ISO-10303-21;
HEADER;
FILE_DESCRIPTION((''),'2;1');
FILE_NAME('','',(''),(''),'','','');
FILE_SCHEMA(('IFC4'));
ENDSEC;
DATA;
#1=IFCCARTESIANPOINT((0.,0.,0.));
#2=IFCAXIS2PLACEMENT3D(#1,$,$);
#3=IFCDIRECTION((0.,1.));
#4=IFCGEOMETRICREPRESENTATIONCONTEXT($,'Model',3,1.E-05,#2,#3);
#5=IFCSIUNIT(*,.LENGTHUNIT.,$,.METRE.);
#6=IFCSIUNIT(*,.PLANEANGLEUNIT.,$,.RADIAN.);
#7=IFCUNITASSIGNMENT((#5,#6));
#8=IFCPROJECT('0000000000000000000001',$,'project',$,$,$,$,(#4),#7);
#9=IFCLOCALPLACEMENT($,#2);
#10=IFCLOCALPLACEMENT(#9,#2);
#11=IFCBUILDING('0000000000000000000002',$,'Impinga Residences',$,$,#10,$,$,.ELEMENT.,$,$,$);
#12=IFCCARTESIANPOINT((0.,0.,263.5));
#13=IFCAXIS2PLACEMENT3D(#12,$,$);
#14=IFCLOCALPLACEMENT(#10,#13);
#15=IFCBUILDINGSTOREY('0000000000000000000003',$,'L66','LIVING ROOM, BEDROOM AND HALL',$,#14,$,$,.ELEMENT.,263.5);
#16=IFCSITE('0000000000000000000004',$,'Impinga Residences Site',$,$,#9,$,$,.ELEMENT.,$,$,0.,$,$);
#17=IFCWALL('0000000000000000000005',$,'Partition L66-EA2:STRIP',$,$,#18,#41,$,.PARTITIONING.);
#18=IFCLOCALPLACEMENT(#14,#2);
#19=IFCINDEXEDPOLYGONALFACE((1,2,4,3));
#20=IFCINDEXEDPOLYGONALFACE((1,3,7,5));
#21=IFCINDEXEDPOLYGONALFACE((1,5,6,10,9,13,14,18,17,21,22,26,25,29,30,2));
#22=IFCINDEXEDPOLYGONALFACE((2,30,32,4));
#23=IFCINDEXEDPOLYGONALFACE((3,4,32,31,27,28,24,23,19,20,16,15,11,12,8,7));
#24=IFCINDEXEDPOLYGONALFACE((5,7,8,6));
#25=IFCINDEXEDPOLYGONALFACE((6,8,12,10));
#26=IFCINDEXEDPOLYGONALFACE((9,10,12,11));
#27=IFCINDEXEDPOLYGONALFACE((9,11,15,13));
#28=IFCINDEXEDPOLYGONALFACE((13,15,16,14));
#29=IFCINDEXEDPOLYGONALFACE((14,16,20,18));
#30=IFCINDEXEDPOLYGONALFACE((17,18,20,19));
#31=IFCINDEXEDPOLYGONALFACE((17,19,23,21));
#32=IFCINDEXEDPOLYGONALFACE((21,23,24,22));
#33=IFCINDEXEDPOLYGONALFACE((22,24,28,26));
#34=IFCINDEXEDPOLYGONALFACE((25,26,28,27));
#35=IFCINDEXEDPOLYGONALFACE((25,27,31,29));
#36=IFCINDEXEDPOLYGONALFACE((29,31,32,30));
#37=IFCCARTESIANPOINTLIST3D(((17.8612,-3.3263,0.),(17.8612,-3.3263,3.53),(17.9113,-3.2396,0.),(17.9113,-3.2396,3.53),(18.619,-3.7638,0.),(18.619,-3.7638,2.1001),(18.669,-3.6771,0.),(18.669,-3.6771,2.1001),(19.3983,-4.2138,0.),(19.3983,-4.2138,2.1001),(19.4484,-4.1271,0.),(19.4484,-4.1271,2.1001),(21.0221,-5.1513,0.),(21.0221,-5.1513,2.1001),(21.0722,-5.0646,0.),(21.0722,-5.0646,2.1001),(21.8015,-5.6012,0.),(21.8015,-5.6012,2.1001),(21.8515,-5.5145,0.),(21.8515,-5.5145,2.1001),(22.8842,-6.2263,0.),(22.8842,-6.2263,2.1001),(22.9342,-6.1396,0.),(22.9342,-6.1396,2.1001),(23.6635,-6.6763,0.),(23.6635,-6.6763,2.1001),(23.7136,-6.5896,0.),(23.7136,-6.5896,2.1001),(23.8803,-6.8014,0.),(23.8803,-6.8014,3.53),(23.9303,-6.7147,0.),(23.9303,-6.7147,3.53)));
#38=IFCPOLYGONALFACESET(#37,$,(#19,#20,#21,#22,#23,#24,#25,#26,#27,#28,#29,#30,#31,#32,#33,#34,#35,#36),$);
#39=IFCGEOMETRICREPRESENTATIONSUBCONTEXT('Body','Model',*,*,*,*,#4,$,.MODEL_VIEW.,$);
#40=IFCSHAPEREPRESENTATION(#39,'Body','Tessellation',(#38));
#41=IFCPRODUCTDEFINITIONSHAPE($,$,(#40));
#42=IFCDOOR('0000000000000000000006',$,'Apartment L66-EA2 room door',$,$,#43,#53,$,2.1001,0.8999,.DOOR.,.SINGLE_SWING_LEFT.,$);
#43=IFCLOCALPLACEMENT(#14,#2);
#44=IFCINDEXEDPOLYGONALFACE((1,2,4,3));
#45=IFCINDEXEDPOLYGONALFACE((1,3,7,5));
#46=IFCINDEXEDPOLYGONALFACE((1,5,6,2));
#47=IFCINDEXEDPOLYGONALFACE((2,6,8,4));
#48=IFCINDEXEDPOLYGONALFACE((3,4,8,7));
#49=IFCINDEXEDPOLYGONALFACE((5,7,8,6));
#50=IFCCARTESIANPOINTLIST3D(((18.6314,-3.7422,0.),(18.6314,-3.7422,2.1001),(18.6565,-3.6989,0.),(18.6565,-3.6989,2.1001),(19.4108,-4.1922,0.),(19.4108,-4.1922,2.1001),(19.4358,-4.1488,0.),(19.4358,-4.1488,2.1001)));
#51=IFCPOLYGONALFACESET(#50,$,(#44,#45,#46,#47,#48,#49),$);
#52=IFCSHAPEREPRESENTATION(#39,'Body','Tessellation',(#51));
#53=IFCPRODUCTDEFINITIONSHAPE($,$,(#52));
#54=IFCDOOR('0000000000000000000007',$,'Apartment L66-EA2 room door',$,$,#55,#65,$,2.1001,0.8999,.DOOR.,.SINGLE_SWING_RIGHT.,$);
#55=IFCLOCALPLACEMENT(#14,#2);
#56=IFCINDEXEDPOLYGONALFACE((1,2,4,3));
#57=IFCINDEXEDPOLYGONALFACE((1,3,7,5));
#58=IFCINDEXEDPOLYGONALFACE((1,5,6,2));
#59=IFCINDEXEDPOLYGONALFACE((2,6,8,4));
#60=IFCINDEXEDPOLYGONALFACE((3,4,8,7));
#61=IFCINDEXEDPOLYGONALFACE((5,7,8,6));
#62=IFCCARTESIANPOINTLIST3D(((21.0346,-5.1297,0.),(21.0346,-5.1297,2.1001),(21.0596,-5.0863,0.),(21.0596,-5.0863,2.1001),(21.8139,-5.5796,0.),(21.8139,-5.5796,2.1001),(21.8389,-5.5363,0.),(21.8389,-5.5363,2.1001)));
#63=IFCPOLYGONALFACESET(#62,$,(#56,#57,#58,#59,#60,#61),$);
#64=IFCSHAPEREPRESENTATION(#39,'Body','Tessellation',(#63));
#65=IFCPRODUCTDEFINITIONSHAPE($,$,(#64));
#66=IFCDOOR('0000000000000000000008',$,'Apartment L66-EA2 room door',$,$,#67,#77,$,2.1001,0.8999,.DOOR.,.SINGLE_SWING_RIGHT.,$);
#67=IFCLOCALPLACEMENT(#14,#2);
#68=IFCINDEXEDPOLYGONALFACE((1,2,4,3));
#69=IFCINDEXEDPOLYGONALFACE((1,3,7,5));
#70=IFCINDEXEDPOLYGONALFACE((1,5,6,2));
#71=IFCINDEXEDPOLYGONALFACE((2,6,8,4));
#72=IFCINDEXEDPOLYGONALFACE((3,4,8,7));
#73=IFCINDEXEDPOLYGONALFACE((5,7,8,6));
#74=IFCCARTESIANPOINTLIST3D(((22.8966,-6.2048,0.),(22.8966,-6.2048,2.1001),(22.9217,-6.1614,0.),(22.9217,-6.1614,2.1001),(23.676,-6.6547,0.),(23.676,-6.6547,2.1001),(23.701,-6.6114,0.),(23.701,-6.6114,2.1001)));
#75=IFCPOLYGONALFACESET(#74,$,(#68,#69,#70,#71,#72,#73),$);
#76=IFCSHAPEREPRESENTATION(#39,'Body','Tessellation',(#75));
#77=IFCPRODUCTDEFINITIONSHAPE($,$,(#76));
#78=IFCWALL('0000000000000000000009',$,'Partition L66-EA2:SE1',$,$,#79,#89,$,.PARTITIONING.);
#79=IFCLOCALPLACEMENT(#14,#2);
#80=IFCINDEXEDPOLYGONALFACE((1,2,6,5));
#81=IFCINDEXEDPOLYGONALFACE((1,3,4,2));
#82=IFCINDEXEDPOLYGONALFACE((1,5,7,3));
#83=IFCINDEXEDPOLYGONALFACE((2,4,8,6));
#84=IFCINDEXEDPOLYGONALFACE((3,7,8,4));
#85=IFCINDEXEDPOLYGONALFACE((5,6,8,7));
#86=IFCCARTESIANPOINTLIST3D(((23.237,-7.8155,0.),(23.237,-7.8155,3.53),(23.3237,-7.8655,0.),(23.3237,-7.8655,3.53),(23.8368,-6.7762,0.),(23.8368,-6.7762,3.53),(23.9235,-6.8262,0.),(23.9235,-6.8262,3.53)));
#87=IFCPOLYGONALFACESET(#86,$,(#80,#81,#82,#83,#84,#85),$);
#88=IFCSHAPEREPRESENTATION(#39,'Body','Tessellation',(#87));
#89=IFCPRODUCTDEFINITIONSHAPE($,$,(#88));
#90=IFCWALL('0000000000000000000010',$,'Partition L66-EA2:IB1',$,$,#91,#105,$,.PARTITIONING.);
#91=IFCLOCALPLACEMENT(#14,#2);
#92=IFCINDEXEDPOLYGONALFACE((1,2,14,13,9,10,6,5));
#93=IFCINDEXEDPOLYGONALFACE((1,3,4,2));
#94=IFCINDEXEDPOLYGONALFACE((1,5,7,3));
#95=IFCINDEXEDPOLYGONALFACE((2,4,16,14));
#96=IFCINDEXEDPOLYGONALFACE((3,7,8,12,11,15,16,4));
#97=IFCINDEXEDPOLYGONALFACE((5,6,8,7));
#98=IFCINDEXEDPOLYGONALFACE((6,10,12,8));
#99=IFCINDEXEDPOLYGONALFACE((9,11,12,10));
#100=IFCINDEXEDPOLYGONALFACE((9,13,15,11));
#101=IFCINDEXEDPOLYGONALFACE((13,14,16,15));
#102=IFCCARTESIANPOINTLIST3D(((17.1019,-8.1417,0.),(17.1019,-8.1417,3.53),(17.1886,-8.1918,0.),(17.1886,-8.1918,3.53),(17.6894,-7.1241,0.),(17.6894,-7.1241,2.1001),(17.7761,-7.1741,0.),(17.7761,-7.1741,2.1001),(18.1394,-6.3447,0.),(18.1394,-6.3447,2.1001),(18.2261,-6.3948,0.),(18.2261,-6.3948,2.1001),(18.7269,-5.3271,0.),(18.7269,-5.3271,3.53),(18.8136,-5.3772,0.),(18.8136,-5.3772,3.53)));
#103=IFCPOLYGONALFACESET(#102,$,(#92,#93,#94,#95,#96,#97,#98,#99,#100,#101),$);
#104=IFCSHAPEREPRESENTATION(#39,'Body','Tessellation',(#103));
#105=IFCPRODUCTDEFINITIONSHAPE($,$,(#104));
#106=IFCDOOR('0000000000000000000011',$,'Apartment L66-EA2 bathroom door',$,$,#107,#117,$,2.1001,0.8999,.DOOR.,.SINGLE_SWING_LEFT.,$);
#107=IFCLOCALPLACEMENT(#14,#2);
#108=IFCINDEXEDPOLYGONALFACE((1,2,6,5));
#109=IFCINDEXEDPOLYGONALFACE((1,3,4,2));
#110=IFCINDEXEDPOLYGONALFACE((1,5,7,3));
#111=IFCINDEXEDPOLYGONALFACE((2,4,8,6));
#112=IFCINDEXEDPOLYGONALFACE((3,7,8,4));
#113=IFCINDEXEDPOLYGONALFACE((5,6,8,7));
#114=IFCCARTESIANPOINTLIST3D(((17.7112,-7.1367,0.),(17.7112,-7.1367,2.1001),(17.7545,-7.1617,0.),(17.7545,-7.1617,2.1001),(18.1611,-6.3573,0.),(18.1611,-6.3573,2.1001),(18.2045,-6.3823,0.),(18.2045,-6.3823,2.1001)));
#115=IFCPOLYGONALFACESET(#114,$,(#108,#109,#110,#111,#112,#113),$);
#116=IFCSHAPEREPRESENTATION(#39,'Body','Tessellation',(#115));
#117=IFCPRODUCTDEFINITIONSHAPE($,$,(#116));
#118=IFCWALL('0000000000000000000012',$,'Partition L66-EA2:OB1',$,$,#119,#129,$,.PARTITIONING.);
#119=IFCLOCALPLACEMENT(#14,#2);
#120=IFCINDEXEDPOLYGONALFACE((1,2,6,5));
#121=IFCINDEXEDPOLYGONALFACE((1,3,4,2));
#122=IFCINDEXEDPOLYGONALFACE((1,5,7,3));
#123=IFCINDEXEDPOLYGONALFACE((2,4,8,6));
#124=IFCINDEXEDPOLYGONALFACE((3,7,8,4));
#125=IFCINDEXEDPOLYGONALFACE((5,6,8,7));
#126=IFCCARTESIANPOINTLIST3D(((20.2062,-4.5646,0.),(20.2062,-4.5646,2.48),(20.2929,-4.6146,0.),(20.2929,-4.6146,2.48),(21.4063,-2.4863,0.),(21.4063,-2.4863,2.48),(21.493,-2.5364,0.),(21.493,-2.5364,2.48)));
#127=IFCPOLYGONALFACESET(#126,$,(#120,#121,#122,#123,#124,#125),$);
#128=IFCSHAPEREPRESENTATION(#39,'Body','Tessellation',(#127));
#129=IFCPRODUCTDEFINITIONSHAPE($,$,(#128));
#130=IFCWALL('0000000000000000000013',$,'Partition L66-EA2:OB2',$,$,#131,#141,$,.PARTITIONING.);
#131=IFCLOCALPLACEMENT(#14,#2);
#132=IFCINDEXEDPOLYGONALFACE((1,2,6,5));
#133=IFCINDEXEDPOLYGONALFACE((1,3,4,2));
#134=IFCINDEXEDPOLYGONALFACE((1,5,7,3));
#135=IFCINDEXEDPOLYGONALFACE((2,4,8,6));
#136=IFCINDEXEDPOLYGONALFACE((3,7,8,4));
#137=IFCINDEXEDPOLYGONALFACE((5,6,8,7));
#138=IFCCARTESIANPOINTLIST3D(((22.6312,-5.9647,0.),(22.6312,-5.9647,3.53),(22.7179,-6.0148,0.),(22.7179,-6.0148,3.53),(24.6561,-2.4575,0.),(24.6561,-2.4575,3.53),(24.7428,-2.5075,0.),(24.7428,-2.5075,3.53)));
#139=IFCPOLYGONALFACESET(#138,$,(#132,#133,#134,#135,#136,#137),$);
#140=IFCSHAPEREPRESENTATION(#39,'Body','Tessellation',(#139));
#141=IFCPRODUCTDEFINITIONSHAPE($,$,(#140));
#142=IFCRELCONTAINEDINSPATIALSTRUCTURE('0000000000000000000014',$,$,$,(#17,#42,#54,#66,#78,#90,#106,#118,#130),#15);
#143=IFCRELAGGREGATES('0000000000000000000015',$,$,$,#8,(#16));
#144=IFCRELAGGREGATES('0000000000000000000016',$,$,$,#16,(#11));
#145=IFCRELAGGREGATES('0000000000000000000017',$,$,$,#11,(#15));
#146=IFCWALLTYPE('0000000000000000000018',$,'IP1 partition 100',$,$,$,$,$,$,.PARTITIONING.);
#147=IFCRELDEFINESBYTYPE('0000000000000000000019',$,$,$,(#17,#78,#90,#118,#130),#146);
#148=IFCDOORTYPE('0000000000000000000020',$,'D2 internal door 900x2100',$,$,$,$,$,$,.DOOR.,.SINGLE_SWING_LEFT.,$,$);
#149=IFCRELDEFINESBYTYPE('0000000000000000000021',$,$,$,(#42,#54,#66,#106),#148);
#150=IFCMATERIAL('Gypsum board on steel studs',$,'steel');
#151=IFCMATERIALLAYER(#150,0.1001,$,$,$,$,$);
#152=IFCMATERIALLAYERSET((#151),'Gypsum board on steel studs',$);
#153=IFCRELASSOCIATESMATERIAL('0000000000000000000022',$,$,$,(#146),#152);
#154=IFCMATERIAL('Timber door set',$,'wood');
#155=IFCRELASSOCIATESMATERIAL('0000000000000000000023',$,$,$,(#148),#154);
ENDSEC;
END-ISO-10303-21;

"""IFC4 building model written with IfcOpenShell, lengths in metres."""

from ifc_helpers import new_model, si_unit, direction, frame, frame_2d, origin, place, context, subcontext, project, spatial, rectangle, extrude, material, layer, layer_set, type_object, element, fill, save


model = new_model("IFC4")

# Units and contexts
model_context = context("Model", 3, precision=1e-05, world=origin(), true_north=direction((0.0, 1.0)))
body_context = subcontext(model_context, "Body", "Model", "MODEL_VIEW")
ifc_project = project(units=[si_unit("LENGTHUNIT", "METRE"), si_unit("PLANEANGLEUNIT", "RADIAN")], contexts=[model_context])

# Site, building, storey
site_placement = place(None, origin())
site = spatial("IfcSite", under=ifc_project, at=site_placement, Name="Impinga Residences Site", CompositionType="ELEMENT", RefElevation=0.0)
building_placement = place(site_placement, origin())
building = spatial("IfcBuilding", under=site, at=building_placement, Name="Impinga Residences", CompositionType="ELEMENT")
storey_placement = place(building_placement, frame((0.0, 0.0, 263.5)))
storey = spatial("IfcBuildingStorey", under=building, at=storey_placement, Name="L66", Description="LIVING ROOM, BEDROOM AND HALL", CompositionType="ELEMENT", Elevation=263.5)

# Shared definitions
ifc_material_1 = material(Name="Timber door set", Category="wood")

# Shared definitions
ifc_material_2 = material(Name="Gypsum board on steel studs", Category="steel")
ifc_layer_1 = layer(ifc_material_2, 0.1001)
ifc_layer_set_1 = layer_set([ifc_layer_1], Name="Gypsum board on steel studs")
wall_type_1 = type_object("IfcWallType", Name="IP1 partition 100", PredefinedType="PARTITIONING", material=ifc_layer_set_1)

# Wall, openings, doors
wall_1_placement = place(storey_placement, frame((17.8862, -3.283, 0.0), z_axis=(0.0, 0.0, 1.0), x_axis=(0.866025, -0.5, 0.0)))
wall_1 = element("IfcWall", 1, at=wall_1_placement, inside=storey, type_object=wall_type_1, Name="Partition L66-EA2:STRIP", PredefinedType="PARTITIONING", context=body_context, shape_type="SweptSolid", body=[
    extrude(rectangle(XDim=6.9502, YDim=0.1001, at=frame_2d((3.4751, 0.0))), origin(), (0.0, 0.0, 1.0), 3.53),
])
opening_1_placement = place(wall_1_placement, frame((0.875, 0.0, 0.0)))
opening_1 = element("IfcOpeningElement", 2, at=opening_1_placement, cuts=wall_1, PredefinedType="OPENING", context=body_context, shape_type="SweptSolid", body=[
    extrude(rectangle(XDim=0.8999, YDim=2.1001, at=frame_2d((0.45, 1.05))), frame((0.0, 0.0601, 0.0), z_axis=(0.0, -1.0, 0.0), x_axis=(1.0, 0.0, 0.0)), (0.0, 0.0, 1.0), 0.1201),
])
opening_2_placement = place(wall_1_placement, frame((3.6499, 0.0, 0.0)))
opening_2 = element("IfcOpeningElement", 3, at=opening_2_placement, cuts=wall_1, PredefinedType="OPENING", context=body_context, shape_type="SweptSolid", body=[
    extrude(rectangle(XDim=0.8999, YDim=2.1001, at=frame_2d((0.45, 1.05))), frame((0.0, 0.0601, 0.0), z_axis=(0.0, -1.0, 0.0), x_axis=(1.0, 0.0, 0.0)), (0.0, 0.0, 1.0), 0.1201),
])
opening_3_placement = place(wall_1_placement, frame((5.8, 0.0, 0.0)))
opening_3 = element("IfcOpeningElement", 4, at=opening_3_placement, cuts=wall_1, PredefinedType="OPENING", context=body_context, shape_type="SweptSolid", body=[
    extrude(rectangle(XDim=0.8999, YDim=2.1001, at=frame_2d((0.45, 1.05))), frame((0.0, 0.0601, 0.0), z_axis=(0.0, -1.0, 0.0), x_axis=(1.0, 0.0, 0.0)), (0.0, 0.0, 1.0), 0.1201),
])
door_type_1 = type_object("IfcDoorType", Name="D2 internal door 900x2100", OperationType="SINGLE_SWING_LEFT", PredefinedType="DOOR", material=ifc_material_1)
door_1_placement = place(opening_1_placement, origin())
door_1 = element("IfcDoor", 5, at=door_1_placement, inside=storey, type_object=door_type_1, Name="Apartment L66-EA2 room door", OperationType="SINGLE_SWING_LEFT", OverallHeight=2.1001, OverallWidth=0.8999, PredefinedType="DOOR", context=body_context, shape_type="SweptSolid", body=[
    extrude(rectangle(XDim=0.8999, YDim=2.1001, at=frame_2d((0.45, 1.05))), frame((0.0, 0.0249, 0.0), z_axis=(0.0, -1.0, 0.0), x_axis=(1.0, 0.0, 0.0)), (0.0, 0.0, 1.0), 0.05),
])
fill(opening_1, door_1)
door_2_placement = place(opening_2_placement, origin())
door_2 = element("IfcDoor", 6, at=door_2_placement, inside=storey, type_object=door_type_1, Name="Apartment L66-EA2 room door", OperationType="SINGLE_SWING_RIGHT", OverallHeight=2.1001, OverallWidth=0.8999, PredefinedType="DOOR", context=body_context, shape_type="SweptSolid", body=[
    extrude(rectangle(XDim=0.8999, YDim=2.1001, at=frame_2d((0.45, 1.05))), frame((0.0, 0.0249, 0.0), z_axis=(0.0, -1.0, 0.0), x_axis=(1.0, 0.0, 0.0)), (0.0, 0.0, 1.0), 0.05),
])
fill(opening_2, door_2)
door_3_placement = place(opening_3_placement, origin())
door_3 = element("IfcDoor", 7, at=door_3_placement, inside=storey, type_object=door_type_1, Name="Apartment L66-EA2 room door", OperationType="SINGLE_SWING_RIGHT", OverallHeight=2.1001, OverallWidth=0.8999, PredefinedType="DOOR", context=body_context, shape_type="SweptSolid", body=[
    extrude(rectangle(XDim=0.8999, YDim=2.1001, at=frame_2d((0.45, 1.05))), frame((0.0, 0.0249, 0.0), z_axis=(0.0, -1.0, 0.0), x_axis=(1.0, 0.0, 0.0)), (0.0, 0.0, 1.0), 0.05),
])
fill(opening_3, door_3)

# Wall
wall_2_placement = place(storey_placement, frame((23.2803, -7.8406, 0.0), z_axis=(0.0, 0.0, 1.0), x_axis=(0.499881, 0.866094, 0.0)))
element("IfcWall", 8, at=wall_2_placement, inside=storey, type_object=wall_type_1, Name="Partition L66-EA2:SE1", PredefinedType="PARTITIONING", context=body_context, shape_type="SweptSolid", body=[
    extrude(rectangle(XDim=1.2, YDim=0.1001, at=frame_2d((0.6001, 0.0))), origin(), (0.0, 0.0, 1.0), 3.53),
])

# Wall, opening, door
wall_3_placement = place(storey_placement, frame((17.1453, -8.1667, 0.0), z_axis=(0.0, 0.0, 1.0), x_axis=(0.499985, 0.866034, 0.0)))
wall_3 = element("IfcWall", 9, at=wall_3_placement, inside=storey, type_object=wall_type_1, Name="Partition L66-EA2:IB1", PredefinedType="PARTITIONING", context=body_context, shape_type="SweptSolid", body=[
    extrude(rectangle(XDim=3.25, YDim=0.1001, at=frame_2d((1.625, 0.0))), origin(), (0.0, 0.0, 1.0), 3.53),
])
opening_4_placement = place(wall_3_placement, frame((1.175, 0.0, 0.0)))
opening_4 = element("IfcOpeningElement", 10, at=opening_4_placement, cuts=wall_3, PredefinedType="OPENING", context=body_context, shape_type="SweptSolid", body=[
    extrude(rectangle(XDim=0.8999, YDim=2.1001, at=frame_2d((0.45, 1.05))), frame((0.0, 0.0601, 0.0), z_axis=(0.0, -1.0, 0.0), x_axis=(1.0, 0.0, 0.0)), (0.0, 0.0, 1.0), 0.1201),
])
door_4_placement = place(opening_4_placement, origin())
door_4 = element("IfcDoor", 11, at=door_4_placement, inside=storey, type_object=door_type_1, Name="Apartment L66-EA2 bathroom door", OperationType="SINGLE_SWING_LEFT", OverallHeight=2.1001, OverallWidth=0.8999, PredefinedType="DOOR", context=body_context, shape_type="SweptSolid", body=[
    extrude(rectangle(XDim=0.8999, YDim=2.1001, at=frame_2d((0.45, 1.05))), frame((0.0, 0.0249, 0.0), z_axis=(0.0, -1.0, 0.0), x_axis=(1.0, 0.0, 0.0)), (0.0, 0.0, 1.0), 0.05),
])
fill(opening_4, door_4)

# Walls
wall_4_placement = place(storey_placement, frame((20.2495, -4.5896, 0.0), z_axis=(0.0, 0.0, 1.0), x_axis=(0.500078, 0.865981, 0.0)))
element("IfcWall", 12, at=wall_4_placement, inside=storey, type_object=wall_type_1, Name="Partition L66-EA2:OB1", PredefinedType="PARTITIONING", context=body_context, shape_type="SweptSolid", body=[
    extrude(rectangle(XDim=2.3999, YDim=0.1001, at=frame_2d((1.2, 0.0))), origin(), (0.0, 0.0, 1.0), 2.48),
])
wall_5_placement = place(storey_placement, frame((22.6746, -5.9897, 0.0), z_axis=(0.0, 0.0, 1.0), x_axis=(0.49999, 0.866031, 0.0)))
element("IfcWall", 13, at=wall_5_placement, inside=storey, type_object=wall_type_1, Name="Partition L66-EA2:OB2", PredefinedType="PARTITIONING", context=body_context, shape_type="SweptSolid", body=[
    extrude(rectangle(XDim=4.0498, YDim=0.1001, at=frame_2d((2.0249, 0.0))), origin(), (0.0, 0.0, 1.0), 3.53),
])

save(model, "model.ifc")
